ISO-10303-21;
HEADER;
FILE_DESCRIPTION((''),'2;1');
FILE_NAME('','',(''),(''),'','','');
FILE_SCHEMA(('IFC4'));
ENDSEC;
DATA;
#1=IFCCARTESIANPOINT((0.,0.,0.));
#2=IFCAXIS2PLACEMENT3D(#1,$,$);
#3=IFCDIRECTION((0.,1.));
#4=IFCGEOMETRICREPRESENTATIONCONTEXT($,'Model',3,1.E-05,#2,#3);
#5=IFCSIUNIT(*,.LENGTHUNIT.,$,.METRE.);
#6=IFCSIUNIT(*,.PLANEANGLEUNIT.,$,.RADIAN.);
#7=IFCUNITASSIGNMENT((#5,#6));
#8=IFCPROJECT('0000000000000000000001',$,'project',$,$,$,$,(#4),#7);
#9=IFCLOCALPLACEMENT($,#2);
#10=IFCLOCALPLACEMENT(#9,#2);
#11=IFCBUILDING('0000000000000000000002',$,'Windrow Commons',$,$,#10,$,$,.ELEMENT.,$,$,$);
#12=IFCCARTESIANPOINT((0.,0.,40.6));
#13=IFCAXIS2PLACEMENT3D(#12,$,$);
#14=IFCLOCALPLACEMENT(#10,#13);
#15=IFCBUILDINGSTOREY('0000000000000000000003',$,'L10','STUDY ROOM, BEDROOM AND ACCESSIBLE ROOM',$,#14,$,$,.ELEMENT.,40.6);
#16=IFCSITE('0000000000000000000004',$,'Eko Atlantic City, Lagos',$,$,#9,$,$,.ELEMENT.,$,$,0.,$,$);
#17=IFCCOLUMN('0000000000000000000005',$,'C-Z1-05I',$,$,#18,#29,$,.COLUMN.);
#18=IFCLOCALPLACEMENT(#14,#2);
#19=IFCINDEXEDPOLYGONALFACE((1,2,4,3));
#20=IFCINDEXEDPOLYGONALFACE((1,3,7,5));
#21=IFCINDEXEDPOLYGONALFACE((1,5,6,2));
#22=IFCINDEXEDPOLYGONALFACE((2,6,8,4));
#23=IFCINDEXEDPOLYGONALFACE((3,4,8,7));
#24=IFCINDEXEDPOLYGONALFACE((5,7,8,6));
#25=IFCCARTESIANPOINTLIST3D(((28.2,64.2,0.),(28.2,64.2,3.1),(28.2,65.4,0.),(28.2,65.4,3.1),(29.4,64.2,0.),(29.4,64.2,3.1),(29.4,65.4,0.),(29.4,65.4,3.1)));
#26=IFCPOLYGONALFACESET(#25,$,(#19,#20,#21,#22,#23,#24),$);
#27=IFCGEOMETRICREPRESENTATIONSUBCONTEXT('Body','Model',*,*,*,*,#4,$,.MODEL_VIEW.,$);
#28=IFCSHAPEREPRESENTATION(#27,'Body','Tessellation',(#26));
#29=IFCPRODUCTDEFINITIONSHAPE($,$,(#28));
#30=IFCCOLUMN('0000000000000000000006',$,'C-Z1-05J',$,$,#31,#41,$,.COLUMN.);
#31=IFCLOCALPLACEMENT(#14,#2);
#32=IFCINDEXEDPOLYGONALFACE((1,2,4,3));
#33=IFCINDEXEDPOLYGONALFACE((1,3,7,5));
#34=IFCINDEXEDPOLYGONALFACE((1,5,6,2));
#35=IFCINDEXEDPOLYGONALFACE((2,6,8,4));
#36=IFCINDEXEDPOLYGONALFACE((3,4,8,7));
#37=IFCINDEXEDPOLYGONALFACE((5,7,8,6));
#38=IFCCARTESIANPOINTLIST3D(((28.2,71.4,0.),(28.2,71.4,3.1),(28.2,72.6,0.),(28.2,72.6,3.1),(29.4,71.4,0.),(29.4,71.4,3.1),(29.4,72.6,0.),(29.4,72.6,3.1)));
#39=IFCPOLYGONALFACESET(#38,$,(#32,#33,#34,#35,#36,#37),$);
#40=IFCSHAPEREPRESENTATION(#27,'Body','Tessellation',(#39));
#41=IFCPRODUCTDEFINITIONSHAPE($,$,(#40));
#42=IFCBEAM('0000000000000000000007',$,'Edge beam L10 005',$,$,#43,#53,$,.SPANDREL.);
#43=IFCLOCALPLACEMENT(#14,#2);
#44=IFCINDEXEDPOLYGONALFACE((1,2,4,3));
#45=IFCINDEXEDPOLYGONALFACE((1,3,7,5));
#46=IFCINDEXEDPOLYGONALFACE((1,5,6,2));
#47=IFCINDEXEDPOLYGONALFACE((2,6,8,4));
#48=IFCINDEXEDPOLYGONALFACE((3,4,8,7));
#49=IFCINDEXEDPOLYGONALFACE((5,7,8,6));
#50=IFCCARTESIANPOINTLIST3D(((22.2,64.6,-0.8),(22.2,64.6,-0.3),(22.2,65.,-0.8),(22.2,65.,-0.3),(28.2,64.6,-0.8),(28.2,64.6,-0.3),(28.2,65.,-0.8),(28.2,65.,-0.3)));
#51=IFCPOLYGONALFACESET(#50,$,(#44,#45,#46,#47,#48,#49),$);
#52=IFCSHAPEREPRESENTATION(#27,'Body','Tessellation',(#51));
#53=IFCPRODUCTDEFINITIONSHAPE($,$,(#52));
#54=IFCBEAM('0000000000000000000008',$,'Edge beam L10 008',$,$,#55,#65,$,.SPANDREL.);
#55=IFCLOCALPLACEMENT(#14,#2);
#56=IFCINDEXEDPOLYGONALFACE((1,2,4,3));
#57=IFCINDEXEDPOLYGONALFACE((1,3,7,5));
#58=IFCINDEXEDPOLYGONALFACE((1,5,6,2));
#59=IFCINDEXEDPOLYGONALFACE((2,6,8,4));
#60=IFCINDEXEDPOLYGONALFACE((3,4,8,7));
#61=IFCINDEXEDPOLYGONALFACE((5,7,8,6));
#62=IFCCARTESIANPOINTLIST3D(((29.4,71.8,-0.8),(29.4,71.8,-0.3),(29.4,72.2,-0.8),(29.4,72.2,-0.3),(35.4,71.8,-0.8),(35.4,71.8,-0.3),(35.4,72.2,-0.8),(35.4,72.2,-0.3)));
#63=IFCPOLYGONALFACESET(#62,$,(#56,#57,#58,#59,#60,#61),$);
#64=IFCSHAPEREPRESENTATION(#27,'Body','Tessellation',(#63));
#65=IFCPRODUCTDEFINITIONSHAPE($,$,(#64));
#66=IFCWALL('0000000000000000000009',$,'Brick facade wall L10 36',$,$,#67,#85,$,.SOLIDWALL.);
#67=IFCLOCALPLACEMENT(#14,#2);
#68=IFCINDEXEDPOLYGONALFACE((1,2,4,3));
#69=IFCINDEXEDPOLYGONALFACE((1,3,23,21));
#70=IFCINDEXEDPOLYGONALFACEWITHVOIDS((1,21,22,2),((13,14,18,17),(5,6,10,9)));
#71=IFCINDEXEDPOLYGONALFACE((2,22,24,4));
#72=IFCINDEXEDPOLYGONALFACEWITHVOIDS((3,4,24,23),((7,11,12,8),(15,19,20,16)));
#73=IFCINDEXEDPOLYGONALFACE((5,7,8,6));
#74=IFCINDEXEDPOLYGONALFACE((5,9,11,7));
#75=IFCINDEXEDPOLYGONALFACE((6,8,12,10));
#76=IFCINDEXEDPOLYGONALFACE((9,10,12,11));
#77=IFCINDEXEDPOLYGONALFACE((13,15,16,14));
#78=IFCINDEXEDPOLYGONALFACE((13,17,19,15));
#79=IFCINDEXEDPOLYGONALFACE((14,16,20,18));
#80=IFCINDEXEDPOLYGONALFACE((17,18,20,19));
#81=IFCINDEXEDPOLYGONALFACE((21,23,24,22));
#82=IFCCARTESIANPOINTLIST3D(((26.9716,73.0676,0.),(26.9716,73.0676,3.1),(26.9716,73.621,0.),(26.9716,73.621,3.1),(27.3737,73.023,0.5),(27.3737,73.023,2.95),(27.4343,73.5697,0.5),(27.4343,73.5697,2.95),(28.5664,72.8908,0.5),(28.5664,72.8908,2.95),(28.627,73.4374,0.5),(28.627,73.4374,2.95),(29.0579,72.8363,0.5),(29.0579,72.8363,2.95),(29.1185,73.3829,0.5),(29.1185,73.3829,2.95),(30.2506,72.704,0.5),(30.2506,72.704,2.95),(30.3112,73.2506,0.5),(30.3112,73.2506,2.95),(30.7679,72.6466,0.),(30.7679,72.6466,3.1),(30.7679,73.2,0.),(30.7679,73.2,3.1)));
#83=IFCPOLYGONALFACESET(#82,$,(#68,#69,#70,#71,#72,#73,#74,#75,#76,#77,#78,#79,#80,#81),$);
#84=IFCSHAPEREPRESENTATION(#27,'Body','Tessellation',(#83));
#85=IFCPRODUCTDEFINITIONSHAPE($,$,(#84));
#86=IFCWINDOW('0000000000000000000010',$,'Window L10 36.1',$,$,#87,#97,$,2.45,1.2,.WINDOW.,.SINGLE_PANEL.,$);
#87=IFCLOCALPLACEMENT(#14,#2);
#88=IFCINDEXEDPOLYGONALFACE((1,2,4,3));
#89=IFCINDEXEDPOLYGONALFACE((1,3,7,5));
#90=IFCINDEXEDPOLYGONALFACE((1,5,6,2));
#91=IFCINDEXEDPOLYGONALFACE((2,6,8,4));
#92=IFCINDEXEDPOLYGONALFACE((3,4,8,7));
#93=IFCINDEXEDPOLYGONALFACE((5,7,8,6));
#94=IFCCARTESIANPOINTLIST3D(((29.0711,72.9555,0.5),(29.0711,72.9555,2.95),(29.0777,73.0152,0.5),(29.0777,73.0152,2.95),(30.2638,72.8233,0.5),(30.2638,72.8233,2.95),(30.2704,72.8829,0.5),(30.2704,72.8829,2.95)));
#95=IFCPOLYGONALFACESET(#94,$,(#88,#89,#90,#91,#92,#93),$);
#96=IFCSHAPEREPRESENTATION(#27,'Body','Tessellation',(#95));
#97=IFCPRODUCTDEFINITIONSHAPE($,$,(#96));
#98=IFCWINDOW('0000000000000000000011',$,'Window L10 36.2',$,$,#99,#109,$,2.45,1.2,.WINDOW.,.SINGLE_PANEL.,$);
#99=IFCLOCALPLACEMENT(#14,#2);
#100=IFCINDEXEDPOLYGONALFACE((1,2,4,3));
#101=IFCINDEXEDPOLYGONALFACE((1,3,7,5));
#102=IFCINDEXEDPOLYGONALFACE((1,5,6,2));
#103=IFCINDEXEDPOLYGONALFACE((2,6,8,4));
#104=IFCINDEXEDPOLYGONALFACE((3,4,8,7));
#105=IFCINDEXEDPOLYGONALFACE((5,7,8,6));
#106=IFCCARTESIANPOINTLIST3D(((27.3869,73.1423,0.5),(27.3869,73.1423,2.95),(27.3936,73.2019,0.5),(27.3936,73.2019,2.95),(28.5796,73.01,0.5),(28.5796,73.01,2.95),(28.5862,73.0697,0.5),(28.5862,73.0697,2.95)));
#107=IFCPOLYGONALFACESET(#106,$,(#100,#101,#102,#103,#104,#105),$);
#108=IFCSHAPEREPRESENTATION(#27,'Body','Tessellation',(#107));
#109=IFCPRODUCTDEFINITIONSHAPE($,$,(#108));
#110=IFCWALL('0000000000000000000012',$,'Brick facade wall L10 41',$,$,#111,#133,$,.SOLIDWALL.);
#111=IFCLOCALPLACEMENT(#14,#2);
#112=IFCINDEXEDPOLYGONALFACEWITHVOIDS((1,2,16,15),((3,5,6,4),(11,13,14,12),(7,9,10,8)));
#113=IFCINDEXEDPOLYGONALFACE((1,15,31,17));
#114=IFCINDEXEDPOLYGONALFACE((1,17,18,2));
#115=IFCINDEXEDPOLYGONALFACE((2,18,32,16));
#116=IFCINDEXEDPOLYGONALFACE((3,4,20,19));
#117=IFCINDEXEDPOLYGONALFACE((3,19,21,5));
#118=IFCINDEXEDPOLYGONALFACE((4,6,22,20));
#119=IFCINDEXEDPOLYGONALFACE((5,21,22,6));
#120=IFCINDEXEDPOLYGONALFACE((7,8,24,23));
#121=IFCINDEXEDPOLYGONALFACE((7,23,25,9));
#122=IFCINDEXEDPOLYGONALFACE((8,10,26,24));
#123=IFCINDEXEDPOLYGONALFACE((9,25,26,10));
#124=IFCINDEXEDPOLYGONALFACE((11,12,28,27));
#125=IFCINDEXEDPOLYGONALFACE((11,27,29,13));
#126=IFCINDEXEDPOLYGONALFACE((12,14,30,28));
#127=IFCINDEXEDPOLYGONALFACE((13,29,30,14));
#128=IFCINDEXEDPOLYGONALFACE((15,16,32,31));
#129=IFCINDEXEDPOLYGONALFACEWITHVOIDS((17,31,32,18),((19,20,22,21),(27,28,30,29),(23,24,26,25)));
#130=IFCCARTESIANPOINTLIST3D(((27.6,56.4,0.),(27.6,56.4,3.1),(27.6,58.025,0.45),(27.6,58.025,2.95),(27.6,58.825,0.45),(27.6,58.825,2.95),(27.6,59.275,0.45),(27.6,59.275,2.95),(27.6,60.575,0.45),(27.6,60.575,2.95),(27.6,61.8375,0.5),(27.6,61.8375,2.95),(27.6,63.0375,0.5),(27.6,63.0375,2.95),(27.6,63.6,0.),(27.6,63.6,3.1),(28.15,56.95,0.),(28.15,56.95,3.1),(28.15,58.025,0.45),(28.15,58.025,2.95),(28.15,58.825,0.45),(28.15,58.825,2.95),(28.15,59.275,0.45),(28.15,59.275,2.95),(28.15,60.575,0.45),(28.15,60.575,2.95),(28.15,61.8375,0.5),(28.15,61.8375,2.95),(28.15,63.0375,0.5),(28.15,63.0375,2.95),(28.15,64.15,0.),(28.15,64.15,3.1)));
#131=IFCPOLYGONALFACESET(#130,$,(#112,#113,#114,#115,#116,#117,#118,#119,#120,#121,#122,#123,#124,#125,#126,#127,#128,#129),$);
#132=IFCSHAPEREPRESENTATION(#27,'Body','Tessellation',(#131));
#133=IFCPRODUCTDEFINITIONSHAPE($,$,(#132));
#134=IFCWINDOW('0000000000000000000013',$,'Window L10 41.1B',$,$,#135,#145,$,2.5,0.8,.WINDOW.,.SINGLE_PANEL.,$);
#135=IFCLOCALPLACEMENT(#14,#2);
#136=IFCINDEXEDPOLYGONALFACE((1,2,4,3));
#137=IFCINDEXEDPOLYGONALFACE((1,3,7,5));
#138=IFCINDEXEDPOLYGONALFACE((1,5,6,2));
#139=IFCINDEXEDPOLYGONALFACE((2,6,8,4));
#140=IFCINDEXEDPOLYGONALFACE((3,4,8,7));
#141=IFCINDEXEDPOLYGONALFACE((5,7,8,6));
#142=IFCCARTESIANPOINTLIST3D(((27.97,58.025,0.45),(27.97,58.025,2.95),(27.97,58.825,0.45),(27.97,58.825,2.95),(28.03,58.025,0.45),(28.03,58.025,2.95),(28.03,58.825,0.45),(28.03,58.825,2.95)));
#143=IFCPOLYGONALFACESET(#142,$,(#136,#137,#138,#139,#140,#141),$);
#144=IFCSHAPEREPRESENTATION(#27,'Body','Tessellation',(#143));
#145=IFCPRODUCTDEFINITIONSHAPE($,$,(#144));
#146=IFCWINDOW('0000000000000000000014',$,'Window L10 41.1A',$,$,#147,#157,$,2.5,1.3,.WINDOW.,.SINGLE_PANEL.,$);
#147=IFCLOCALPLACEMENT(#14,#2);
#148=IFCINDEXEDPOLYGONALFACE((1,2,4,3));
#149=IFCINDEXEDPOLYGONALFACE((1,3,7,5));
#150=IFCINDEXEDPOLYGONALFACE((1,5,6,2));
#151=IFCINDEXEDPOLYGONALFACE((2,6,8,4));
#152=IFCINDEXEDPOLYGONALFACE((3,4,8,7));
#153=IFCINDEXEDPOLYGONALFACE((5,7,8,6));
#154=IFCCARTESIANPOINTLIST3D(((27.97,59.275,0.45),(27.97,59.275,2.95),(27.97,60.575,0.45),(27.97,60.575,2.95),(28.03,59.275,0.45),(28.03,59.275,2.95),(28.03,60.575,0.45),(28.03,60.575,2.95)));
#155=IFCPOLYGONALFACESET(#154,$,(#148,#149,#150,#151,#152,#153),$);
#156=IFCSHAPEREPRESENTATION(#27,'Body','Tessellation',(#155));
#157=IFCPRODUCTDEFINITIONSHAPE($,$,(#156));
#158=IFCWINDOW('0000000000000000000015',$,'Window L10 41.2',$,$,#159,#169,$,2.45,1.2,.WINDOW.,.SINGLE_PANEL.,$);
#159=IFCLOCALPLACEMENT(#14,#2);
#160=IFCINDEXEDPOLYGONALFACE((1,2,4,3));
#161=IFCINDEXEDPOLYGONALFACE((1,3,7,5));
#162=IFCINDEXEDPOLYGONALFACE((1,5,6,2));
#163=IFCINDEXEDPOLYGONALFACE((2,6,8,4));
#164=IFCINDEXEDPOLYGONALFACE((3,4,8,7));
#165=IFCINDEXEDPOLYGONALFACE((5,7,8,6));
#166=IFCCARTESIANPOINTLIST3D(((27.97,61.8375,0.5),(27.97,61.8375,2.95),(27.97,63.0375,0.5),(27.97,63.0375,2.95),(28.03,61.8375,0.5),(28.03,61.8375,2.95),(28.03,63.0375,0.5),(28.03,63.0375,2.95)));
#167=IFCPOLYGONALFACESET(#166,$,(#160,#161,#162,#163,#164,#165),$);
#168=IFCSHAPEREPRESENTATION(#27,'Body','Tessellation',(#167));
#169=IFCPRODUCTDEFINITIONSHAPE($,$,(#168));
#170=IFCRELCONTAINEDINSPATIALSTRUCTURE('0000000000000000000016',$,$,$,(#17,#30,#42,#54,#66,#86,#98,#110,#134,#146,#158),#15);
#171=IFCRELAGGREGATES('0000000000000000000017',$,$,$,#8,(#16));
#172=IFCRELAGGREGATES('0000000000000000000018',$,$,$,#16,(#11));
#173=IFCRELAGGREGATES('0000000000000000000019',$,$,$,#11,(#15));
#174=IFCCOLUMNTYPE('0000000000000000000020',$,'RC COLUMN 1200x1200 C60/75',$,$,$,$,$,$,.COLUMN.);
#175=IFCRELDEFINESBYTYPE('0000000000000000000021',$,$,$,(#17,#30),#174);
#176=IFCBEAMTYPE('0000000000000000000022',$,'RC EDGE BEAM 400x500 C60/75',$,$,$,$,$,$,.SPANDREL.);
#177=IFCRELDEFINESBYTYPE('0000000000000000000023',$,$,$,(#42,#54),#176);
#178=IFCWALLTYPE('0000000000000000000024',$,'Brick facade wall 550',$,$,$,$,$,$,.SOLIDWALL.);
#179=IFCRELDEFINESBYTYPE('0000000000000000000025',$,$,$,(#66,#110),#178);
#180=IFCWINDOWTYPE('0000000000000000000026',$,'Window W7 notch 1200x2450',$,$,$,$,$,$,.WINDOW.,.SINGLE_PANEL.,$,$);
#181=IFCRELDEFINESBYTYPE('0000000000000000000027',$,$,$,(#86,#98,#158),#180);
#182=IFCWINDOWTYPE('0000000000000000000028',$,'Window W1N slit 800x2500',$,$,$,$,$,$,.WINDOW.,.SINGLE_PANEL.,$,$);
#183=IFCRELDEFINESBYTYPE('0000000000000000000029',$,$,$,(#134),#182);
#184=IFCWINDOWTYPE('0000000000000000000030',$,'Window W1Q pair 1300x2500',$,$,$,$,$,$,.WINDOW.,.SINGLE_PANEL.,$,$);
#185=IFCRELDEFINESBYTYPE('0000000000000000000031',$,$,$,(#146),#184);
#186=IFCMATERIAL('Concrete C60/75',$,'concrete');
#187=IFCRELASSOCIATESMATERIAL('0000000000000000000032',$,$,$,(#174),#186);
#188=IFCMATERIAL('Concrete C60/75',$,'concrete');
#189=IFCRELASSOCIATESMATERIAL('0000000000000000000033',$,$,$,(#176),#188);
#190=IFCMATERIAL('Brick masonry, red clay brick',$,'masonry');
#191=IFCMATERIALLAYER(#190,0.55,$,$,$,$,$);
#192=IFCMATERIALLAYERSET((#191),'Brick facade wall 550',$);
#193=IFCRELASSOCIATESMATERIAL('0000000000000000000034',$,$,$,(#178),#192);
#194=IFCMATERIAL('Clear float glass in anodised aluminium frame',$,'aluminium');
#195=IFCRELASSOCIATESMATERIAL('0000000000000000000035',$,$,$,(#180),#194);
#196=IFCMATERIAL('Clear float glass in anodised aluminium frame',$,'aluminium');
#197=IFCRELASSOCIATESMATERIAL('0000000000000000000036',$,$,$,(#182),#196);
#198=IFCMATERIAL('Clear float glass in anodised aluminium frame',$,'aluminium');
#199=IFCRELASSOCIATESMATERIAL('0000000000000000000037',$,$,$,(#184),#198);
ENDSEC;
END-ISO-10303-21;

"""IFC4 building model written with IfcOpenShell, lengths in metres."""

from ifc_helpers import new_model, si_unit, direction, frame, frame_2d, origin, origin_2d, place, context, subcontext, project, spatial, polyline, rectangle, outline, extrude, material, layer, layer_set, material_profile, profile_set, type_object, element, fill, save


model = new_model("IFC4")

# Units and contexts
model_context = context("Model", 3, precision=1e-05, world=origin(), true_north=direction((0.0, 1.0)))
body_context = subcontext(model_context, "Body", "Model", "MODEL_VIEW")
ifc_project = project(units=[si_unit("LENGTHUNIT", "METRE"), si_unit("PLANEANGLEUNIT", "RADIAN")], contexts=[model_context])

# Site, building, storey
site_placement = place(None, origin())
site = spatial("IfcSite", under=ifc_project, at=site_placement, Name="Eko Atlantic City, Lagos", CompositionType="ELEMENT", RefElevation=0.0)
building_placement = place(site_placement, origin())
building = spatial("IfcBuilding", under=site, at=building_placement, Name="Windrow Commons", CompositionType="ELEMENT")
storey_placement = place(building_placement, frame((0.0, 0.0, 40.6)))
storey = spatial("IfcBuildingStorey", under=building, at=storey_placement, Name="L10", Description="STUDY ROOM, BEDROOM AND ACCESSIBLE ROOM", CompositionType="ELEMENT", Elevation=40.6)

# Columns
ifc_material_1 = material(Name="Concrete C60/75", Category="concrete")
ifc_material_profile_1 = material_profile(ifc_material_1, rectangle(XDim=1.2, YDim=1.2, at=origin_2d()))
ifc_profile_set_1 = profile_set([ifc_material_profile_1], Name="Concrete C60/75")
column_type = type_object("IfcColumnType", Name="RC COLUMN 1200x1200 C60/75", PredefinedType="COLUMN", material=ifc_profile_set_1)
for number, where, z_axis, x_axis, name in (
    (1, (28.8, 64.8, 0.0), (0.0, 0.0, 1.0), (1.0, 0.0, 0.0), "C-Z1-05I"),
    (2, (28.8, 72.0, 0.0), (0.0, 0.0, 1.0), (1.0, 0.0, 0.0), "C-Z1-05J"),
):
    element("IfcColumn", number, at=place(storey_placement, frame(where, z_axis=z_axis, x_axis=x_axis)), inside=storey, type_object=column_type, Name=name, PredefinedType="COLUMN", context=body_context, shape_type="SweptSolid", body=[
        extrude(rectangle(XDim=1.2, YDim=1.2, at=origin_2d()), origin(), (0.0, 0.0, 1.0), 3.1),
    ])

# Beams
ifc_material_2 = material(Name="Concrete C60/75", Category="concrete")
ifc_material_profile_2 = material_profile(ifc_material_2, rectangle(XDim=0.4, YDim=0.5, at=origin_2d()))
ifc_profile_set_2 = profile_set([ifc_material_profile_2], Name="Concrete C60/75")
beam_type = type_object("IfcBeamType", Name="RC EDGE BEAM 400x500 C60/75", PredefinedType="SPANDREL", material=ifc_profile_set_2)
for number, where, z_axis, x_axis, name in (
    (3, (28.2, 64.8, -0.55), (-1.0, 0.0, 0.0), (0.0, -1.0, 0.0), "Edge beam L10 005"),
    (4, (29.4, 72.0, -0.55), (1.0, 0.0, 0.0), (0.0, 1.0, 0.0), "Edge beam L10 008"),
):
    element("IfcBeam", number, at=place(storey_placement, frame(where, z_axis=z_axis, x_axis=x_axis)), inside=storey, type_object=beam_type, Name=name, PredefinedType="SPANDREL", context=body_context, shape_type="SweptSolid", body=[
        extrude(rectangle(XDim=0.4, YDim=0.5, at=origin_2d()), origin(), (0.0, 0.0, 1.0), 6.0),
    ])

# Walls, openings, windows
ifc_material_3 = material(Name="Brick masonry, red clay brick", Category="masonry")
ifc_layer_1 = layer(ifc_material_3, 0.55)
ifc_layer_set_1 = layer_set([ifc_layer_1], Name="Brick facade wall 550")
wall_type_1 = type_object("IfcWallType", Name="Brick facade wall 550", PredefinedType="SOLIDWALL", material=ifc_layer_set_1)
wall_1_placement = place(storey_placement, frame((30.7679, 72.9233, 0.0), z_axis=(0.0, 0.0, 1.0), x_axis=(-0.993907, 0.110222, 0.0)))
wall_1 = element("IfcWall", 5, at=wall_1_placement, inside=storey, type_object=wall_type_1, Name="Brick facade wall L10 36", PredefinedType="SOLIDWALL", context=body_context, shape_type="SweptSolid", body=[
    extrude(outline(polyline([(0.0305, -0.275), (3.8501, -0.275), (3.7891, 0.275), (-0.0305, 0.275), (0.0305, -0.275)])), origin(), (0.0, 0.0, 1.0), 3.1),
])
opening_1_placement = place(wall_1_placement, frame((0.49, 0.0, 0.5)))
opening_1 = element("IfcOpeningElement", 6, at=opening_1_placement, cuts=wall_1, PredefinedType="OPENING", context=body_context, shape_type="SweptSolid", body=[
    extrude(rectangle(XDim=1.2, YDim=2.45, at=frame_2d((0.6, 1.225))), frame((0.0, 0.285, 0.0), z_axis=(0.0, -1.0, 0.0), x_axis=(1.0, 0.0, 0.0)), (0.0, 0.0, 1.0), 0.57),
])
opening_2_placement = place(wall_1_placement, frame((2.1845, 0.0, 0.5)))
opening_2 = element("IfcOpeningElement", 7, at=opening_2_placement, cuts=wall_1, PredefinedType="OPENING", context=body_context, shape_type="SweptSolid", body=[
    extrude(rectangle(XDim=1.2, YDim=2.45, at=frame_2d((0.6, 1.225))), frame((0.0, 0.285, 0.0), z_axis=(0.0, -1.0, 0.0), x_axis=(1.0, 0.0, 0.0)), (0.0, 0.0, 1.0), 0.57),
])
ifc_material_4 = material(Name="Clear float glass in anodised aluminium frame", Category="aluminium")
window_type_1 = type_object("IfcWindowType", Name="Window W7 notch 1200x2450", PartitioningType="SINGLE_PANEL", PredefinedType="WINDOW", material=ifc_material_4)
window_1_placement = place(opening_1_placement, origin())
window_1 = element("IfcWindow", 8, at=window_1_placement, inside=storey, type_object=window_type_1, Name="Window L10 36.1", OverallHeight=2.45, OverallWidth=1.2, PartitioningType="SINGLE_PANEL", PredefinedType="WINDOW", context=body_context, shape_type="SweptSolid", body=[
    extrude(rectangle(XDim=1.2, YDim=2.45, at=frame_2d((0.6, 1.225))), frame((0.0, 0.155, 0.0), z_axis=(0.0, -1.0, 0.0), x_axis=(1.0, 0.0, 0.0)), (0.0, 0.0, 1.0), 0.06),
])
fill(opening_1, window_1)
window_2_placement = place(opening_2_placement, origin())
window_2 = element("IfcWindow", 9, at=window_2_placement, inside=storey, type_object=window_type_1, Name="Window L10 36.2", OverallHeight=2.45, OverallWidth=1.2, PartitioningType="SINGLE_PANEL", PredefinedType="WINDOW", context=body_context, shape_type="SweptSolid", body=[
    extrude(rectangle(XDim=1.2, YDim=2.45, at=frame_2d((0.6, 1.225))), frame((0.0, 0.155, 0.0), z_axis=(0.0, -1.0, 0.0), x_axis=(1.0, 0.0, 0.0)), (0.0, 0.0, 1.0), 0.06),
])
fill(opening_2, window_2)
wall_2_placement = place(storey_placement, frame((27.875, 63.875, 0.0), z_axis=(0.0, 0.0, 1.0), x_axis=(0.0, -1.0, 0.0)))
wall_2 = element("IfcWall", 10, at=wall_2_placement, inside=storey, type_object=wall_type_1, Name="Brick facade wall L10 41", PredefinedType="SOLIDWALL", context=body_context, shape_type="SweptSolid", body=[
    extrude(outline(polyline([(0.275, -0.275), (7.475, -0.275), (6.925, 0.275), (-0.275, 0.275), (0.275, -0.275)])), origin(), (0.0, 0.0, 1.0), 3.1),
])
opening_3_placement = place(wall_2_placement, frame((0.8375, 0.0, 0.5)))
opening_3 = element("IfcOpeningElement", 11, at=opening_3_placement, cuts=wall_2, PredefinedType="OPENING", context=body_context, shape_type="SweptSolid", body=[
    extrude(rectangle(XDim=1.2, YDim=2.45, at=frame_2d((0.6, 1.225))), frame((0.0, 0.285, 0.0), z_axis=(0.0, -1.0, 0.0), x_axis=(1.0, 0.0, 0.0)), (0.0, 0.0, 1.0), 0.57),
])
opening_4_placement = place(wall_2_placement, frame((3.3, 0.0, 0.45)))
opening_4 = element("IfcOpeningElement", 12, at=opening_4_placement, cuts=wall_2, PredefinedType="OPENING", context=body_context, shape_type="SweptSolid", body=[
    extrude(rectangle(XDim=1.3, YDim=2.5, at=frame_2d((0.65, 1.25))), frame((0.0, 0.285, 0.0), z_axis=(0.0, -1.0, 0.0), x_axis=(1.0, 0.0, 0.0)), (0.0, 0.0, 1.0), 0.57),
])
opening_5_placement = place(wall_2_placement, frame((5.05, 0.0, 0.45)))
opening_5 = element("IfcOpeningElement", 13, at=opening_5_placement, cuts=wall_2, PredefinedType="OPENING", context=body_context, shape_type="SweptSolid", body=[
    extrude(rectangle(XDim=0.8, YDim=2.5, at=frame_2d((0.4, 1.25))), frame((0.0, 0.285, 0.0), z_axis=(0.0, -1.0, 0.0), x_axis=(1.0, 0.0, 0.0)), (0.0, 0.0, 1.0), 0.57),
])
ifc_material_5 = material(Name="Clear float glass in anodised aluminium frame", Category="aluminium")
window_type_2 = type_object("IfcWindowType", Name="Window W1N slit 800x2500", PartitioningType="SINGLE_PANEL", PredefinedType="WINDOW", material=ifc_material_5)
window_3_placement = place(opening_5_placement, origin())
window_3 = element("IfcWindow", 14, at=window_3_placement, inside=storey, type_object=window_type_2, Name="Window L10 41.1B", OverallHeight=2.5, OverallWidth=0.8, PartitioningType="SINGLE_PANEL", PredefinedType="WINDOW", context=body_context, shape_type="SweptSolid", body=[
    extrude(rectangle(XDim=0.8, YDim=2.5, at=frame_2d((0.4, 1.25))), frame((0.0, 0.155, 0.0), z_axis=(0.0, -1.0, 0.0), x_axis=(1.0, 0.0, 0.0)), (0.0, 0.0, 1.0), 0.06),
])
fill(opening_5, window_3)
ifc_material_6 = material(Name="Clear float glass in anodised aluminium frame", Category="aluminium")
window_type_3 = type_object("IfcWindowType", Name="Window W1Q pair 1300x2500", PartitioningType="SINGLE_PANEL", PredefinedType="WINDOW", material=ifc_material_6)
window_4_placement = place(opening_4_placement, origin())
window_4 = element("IfcWindow", 15, at=window_4_placement, inside=storey, type_object=window_type_3, Name="Window L10 41.1A", OverallHeight=2.5, OverallWidth=1.3, PartitioningType="SINGLE_PANEL", PredefinedType="WINDOW", context=body_context, shape_type="SweptSolid", body=[
    extrude(rectangle(XDim=1.3, YDim=2.5, at=frame_2d((0.65, 1.25))), frame((0.0, 0.155, 0.0), z_axis=(0.0, -1.0, 0.0), x_axis=(1.0, 0.0, 0.0)), (0.0, 0.0, 1.0), 0.06),
])
fill(opening_4, window_4)
window_5_placement = place(opening_3_placement, origin())
window_5 = element("IfcWindow", 16, at=window_5_placement, inside=storey, type_object=window_type_1, Name="Window L10 41.2", OverallHeight=2.45, OverallWidth=1.2, PartitioningType="SINGLE_PANEL", PredefinedType="WINDOW", context=body_context, shape_type="SweptSolid", body=[
    extrude(rectangle(XDim=1.2, YDim=2.45, at=frame_2d((0.6, 1.225))), frame((0.0, 0.155, 0.0), z_axis=(0.0, -1.0, 0.0), x_axis=(1.0, 0.0, 0.0)), (0.0, 0.0, 1.0), 0.06),
])
fill(opening_3, window_5)

save(model, "model.ifc")
